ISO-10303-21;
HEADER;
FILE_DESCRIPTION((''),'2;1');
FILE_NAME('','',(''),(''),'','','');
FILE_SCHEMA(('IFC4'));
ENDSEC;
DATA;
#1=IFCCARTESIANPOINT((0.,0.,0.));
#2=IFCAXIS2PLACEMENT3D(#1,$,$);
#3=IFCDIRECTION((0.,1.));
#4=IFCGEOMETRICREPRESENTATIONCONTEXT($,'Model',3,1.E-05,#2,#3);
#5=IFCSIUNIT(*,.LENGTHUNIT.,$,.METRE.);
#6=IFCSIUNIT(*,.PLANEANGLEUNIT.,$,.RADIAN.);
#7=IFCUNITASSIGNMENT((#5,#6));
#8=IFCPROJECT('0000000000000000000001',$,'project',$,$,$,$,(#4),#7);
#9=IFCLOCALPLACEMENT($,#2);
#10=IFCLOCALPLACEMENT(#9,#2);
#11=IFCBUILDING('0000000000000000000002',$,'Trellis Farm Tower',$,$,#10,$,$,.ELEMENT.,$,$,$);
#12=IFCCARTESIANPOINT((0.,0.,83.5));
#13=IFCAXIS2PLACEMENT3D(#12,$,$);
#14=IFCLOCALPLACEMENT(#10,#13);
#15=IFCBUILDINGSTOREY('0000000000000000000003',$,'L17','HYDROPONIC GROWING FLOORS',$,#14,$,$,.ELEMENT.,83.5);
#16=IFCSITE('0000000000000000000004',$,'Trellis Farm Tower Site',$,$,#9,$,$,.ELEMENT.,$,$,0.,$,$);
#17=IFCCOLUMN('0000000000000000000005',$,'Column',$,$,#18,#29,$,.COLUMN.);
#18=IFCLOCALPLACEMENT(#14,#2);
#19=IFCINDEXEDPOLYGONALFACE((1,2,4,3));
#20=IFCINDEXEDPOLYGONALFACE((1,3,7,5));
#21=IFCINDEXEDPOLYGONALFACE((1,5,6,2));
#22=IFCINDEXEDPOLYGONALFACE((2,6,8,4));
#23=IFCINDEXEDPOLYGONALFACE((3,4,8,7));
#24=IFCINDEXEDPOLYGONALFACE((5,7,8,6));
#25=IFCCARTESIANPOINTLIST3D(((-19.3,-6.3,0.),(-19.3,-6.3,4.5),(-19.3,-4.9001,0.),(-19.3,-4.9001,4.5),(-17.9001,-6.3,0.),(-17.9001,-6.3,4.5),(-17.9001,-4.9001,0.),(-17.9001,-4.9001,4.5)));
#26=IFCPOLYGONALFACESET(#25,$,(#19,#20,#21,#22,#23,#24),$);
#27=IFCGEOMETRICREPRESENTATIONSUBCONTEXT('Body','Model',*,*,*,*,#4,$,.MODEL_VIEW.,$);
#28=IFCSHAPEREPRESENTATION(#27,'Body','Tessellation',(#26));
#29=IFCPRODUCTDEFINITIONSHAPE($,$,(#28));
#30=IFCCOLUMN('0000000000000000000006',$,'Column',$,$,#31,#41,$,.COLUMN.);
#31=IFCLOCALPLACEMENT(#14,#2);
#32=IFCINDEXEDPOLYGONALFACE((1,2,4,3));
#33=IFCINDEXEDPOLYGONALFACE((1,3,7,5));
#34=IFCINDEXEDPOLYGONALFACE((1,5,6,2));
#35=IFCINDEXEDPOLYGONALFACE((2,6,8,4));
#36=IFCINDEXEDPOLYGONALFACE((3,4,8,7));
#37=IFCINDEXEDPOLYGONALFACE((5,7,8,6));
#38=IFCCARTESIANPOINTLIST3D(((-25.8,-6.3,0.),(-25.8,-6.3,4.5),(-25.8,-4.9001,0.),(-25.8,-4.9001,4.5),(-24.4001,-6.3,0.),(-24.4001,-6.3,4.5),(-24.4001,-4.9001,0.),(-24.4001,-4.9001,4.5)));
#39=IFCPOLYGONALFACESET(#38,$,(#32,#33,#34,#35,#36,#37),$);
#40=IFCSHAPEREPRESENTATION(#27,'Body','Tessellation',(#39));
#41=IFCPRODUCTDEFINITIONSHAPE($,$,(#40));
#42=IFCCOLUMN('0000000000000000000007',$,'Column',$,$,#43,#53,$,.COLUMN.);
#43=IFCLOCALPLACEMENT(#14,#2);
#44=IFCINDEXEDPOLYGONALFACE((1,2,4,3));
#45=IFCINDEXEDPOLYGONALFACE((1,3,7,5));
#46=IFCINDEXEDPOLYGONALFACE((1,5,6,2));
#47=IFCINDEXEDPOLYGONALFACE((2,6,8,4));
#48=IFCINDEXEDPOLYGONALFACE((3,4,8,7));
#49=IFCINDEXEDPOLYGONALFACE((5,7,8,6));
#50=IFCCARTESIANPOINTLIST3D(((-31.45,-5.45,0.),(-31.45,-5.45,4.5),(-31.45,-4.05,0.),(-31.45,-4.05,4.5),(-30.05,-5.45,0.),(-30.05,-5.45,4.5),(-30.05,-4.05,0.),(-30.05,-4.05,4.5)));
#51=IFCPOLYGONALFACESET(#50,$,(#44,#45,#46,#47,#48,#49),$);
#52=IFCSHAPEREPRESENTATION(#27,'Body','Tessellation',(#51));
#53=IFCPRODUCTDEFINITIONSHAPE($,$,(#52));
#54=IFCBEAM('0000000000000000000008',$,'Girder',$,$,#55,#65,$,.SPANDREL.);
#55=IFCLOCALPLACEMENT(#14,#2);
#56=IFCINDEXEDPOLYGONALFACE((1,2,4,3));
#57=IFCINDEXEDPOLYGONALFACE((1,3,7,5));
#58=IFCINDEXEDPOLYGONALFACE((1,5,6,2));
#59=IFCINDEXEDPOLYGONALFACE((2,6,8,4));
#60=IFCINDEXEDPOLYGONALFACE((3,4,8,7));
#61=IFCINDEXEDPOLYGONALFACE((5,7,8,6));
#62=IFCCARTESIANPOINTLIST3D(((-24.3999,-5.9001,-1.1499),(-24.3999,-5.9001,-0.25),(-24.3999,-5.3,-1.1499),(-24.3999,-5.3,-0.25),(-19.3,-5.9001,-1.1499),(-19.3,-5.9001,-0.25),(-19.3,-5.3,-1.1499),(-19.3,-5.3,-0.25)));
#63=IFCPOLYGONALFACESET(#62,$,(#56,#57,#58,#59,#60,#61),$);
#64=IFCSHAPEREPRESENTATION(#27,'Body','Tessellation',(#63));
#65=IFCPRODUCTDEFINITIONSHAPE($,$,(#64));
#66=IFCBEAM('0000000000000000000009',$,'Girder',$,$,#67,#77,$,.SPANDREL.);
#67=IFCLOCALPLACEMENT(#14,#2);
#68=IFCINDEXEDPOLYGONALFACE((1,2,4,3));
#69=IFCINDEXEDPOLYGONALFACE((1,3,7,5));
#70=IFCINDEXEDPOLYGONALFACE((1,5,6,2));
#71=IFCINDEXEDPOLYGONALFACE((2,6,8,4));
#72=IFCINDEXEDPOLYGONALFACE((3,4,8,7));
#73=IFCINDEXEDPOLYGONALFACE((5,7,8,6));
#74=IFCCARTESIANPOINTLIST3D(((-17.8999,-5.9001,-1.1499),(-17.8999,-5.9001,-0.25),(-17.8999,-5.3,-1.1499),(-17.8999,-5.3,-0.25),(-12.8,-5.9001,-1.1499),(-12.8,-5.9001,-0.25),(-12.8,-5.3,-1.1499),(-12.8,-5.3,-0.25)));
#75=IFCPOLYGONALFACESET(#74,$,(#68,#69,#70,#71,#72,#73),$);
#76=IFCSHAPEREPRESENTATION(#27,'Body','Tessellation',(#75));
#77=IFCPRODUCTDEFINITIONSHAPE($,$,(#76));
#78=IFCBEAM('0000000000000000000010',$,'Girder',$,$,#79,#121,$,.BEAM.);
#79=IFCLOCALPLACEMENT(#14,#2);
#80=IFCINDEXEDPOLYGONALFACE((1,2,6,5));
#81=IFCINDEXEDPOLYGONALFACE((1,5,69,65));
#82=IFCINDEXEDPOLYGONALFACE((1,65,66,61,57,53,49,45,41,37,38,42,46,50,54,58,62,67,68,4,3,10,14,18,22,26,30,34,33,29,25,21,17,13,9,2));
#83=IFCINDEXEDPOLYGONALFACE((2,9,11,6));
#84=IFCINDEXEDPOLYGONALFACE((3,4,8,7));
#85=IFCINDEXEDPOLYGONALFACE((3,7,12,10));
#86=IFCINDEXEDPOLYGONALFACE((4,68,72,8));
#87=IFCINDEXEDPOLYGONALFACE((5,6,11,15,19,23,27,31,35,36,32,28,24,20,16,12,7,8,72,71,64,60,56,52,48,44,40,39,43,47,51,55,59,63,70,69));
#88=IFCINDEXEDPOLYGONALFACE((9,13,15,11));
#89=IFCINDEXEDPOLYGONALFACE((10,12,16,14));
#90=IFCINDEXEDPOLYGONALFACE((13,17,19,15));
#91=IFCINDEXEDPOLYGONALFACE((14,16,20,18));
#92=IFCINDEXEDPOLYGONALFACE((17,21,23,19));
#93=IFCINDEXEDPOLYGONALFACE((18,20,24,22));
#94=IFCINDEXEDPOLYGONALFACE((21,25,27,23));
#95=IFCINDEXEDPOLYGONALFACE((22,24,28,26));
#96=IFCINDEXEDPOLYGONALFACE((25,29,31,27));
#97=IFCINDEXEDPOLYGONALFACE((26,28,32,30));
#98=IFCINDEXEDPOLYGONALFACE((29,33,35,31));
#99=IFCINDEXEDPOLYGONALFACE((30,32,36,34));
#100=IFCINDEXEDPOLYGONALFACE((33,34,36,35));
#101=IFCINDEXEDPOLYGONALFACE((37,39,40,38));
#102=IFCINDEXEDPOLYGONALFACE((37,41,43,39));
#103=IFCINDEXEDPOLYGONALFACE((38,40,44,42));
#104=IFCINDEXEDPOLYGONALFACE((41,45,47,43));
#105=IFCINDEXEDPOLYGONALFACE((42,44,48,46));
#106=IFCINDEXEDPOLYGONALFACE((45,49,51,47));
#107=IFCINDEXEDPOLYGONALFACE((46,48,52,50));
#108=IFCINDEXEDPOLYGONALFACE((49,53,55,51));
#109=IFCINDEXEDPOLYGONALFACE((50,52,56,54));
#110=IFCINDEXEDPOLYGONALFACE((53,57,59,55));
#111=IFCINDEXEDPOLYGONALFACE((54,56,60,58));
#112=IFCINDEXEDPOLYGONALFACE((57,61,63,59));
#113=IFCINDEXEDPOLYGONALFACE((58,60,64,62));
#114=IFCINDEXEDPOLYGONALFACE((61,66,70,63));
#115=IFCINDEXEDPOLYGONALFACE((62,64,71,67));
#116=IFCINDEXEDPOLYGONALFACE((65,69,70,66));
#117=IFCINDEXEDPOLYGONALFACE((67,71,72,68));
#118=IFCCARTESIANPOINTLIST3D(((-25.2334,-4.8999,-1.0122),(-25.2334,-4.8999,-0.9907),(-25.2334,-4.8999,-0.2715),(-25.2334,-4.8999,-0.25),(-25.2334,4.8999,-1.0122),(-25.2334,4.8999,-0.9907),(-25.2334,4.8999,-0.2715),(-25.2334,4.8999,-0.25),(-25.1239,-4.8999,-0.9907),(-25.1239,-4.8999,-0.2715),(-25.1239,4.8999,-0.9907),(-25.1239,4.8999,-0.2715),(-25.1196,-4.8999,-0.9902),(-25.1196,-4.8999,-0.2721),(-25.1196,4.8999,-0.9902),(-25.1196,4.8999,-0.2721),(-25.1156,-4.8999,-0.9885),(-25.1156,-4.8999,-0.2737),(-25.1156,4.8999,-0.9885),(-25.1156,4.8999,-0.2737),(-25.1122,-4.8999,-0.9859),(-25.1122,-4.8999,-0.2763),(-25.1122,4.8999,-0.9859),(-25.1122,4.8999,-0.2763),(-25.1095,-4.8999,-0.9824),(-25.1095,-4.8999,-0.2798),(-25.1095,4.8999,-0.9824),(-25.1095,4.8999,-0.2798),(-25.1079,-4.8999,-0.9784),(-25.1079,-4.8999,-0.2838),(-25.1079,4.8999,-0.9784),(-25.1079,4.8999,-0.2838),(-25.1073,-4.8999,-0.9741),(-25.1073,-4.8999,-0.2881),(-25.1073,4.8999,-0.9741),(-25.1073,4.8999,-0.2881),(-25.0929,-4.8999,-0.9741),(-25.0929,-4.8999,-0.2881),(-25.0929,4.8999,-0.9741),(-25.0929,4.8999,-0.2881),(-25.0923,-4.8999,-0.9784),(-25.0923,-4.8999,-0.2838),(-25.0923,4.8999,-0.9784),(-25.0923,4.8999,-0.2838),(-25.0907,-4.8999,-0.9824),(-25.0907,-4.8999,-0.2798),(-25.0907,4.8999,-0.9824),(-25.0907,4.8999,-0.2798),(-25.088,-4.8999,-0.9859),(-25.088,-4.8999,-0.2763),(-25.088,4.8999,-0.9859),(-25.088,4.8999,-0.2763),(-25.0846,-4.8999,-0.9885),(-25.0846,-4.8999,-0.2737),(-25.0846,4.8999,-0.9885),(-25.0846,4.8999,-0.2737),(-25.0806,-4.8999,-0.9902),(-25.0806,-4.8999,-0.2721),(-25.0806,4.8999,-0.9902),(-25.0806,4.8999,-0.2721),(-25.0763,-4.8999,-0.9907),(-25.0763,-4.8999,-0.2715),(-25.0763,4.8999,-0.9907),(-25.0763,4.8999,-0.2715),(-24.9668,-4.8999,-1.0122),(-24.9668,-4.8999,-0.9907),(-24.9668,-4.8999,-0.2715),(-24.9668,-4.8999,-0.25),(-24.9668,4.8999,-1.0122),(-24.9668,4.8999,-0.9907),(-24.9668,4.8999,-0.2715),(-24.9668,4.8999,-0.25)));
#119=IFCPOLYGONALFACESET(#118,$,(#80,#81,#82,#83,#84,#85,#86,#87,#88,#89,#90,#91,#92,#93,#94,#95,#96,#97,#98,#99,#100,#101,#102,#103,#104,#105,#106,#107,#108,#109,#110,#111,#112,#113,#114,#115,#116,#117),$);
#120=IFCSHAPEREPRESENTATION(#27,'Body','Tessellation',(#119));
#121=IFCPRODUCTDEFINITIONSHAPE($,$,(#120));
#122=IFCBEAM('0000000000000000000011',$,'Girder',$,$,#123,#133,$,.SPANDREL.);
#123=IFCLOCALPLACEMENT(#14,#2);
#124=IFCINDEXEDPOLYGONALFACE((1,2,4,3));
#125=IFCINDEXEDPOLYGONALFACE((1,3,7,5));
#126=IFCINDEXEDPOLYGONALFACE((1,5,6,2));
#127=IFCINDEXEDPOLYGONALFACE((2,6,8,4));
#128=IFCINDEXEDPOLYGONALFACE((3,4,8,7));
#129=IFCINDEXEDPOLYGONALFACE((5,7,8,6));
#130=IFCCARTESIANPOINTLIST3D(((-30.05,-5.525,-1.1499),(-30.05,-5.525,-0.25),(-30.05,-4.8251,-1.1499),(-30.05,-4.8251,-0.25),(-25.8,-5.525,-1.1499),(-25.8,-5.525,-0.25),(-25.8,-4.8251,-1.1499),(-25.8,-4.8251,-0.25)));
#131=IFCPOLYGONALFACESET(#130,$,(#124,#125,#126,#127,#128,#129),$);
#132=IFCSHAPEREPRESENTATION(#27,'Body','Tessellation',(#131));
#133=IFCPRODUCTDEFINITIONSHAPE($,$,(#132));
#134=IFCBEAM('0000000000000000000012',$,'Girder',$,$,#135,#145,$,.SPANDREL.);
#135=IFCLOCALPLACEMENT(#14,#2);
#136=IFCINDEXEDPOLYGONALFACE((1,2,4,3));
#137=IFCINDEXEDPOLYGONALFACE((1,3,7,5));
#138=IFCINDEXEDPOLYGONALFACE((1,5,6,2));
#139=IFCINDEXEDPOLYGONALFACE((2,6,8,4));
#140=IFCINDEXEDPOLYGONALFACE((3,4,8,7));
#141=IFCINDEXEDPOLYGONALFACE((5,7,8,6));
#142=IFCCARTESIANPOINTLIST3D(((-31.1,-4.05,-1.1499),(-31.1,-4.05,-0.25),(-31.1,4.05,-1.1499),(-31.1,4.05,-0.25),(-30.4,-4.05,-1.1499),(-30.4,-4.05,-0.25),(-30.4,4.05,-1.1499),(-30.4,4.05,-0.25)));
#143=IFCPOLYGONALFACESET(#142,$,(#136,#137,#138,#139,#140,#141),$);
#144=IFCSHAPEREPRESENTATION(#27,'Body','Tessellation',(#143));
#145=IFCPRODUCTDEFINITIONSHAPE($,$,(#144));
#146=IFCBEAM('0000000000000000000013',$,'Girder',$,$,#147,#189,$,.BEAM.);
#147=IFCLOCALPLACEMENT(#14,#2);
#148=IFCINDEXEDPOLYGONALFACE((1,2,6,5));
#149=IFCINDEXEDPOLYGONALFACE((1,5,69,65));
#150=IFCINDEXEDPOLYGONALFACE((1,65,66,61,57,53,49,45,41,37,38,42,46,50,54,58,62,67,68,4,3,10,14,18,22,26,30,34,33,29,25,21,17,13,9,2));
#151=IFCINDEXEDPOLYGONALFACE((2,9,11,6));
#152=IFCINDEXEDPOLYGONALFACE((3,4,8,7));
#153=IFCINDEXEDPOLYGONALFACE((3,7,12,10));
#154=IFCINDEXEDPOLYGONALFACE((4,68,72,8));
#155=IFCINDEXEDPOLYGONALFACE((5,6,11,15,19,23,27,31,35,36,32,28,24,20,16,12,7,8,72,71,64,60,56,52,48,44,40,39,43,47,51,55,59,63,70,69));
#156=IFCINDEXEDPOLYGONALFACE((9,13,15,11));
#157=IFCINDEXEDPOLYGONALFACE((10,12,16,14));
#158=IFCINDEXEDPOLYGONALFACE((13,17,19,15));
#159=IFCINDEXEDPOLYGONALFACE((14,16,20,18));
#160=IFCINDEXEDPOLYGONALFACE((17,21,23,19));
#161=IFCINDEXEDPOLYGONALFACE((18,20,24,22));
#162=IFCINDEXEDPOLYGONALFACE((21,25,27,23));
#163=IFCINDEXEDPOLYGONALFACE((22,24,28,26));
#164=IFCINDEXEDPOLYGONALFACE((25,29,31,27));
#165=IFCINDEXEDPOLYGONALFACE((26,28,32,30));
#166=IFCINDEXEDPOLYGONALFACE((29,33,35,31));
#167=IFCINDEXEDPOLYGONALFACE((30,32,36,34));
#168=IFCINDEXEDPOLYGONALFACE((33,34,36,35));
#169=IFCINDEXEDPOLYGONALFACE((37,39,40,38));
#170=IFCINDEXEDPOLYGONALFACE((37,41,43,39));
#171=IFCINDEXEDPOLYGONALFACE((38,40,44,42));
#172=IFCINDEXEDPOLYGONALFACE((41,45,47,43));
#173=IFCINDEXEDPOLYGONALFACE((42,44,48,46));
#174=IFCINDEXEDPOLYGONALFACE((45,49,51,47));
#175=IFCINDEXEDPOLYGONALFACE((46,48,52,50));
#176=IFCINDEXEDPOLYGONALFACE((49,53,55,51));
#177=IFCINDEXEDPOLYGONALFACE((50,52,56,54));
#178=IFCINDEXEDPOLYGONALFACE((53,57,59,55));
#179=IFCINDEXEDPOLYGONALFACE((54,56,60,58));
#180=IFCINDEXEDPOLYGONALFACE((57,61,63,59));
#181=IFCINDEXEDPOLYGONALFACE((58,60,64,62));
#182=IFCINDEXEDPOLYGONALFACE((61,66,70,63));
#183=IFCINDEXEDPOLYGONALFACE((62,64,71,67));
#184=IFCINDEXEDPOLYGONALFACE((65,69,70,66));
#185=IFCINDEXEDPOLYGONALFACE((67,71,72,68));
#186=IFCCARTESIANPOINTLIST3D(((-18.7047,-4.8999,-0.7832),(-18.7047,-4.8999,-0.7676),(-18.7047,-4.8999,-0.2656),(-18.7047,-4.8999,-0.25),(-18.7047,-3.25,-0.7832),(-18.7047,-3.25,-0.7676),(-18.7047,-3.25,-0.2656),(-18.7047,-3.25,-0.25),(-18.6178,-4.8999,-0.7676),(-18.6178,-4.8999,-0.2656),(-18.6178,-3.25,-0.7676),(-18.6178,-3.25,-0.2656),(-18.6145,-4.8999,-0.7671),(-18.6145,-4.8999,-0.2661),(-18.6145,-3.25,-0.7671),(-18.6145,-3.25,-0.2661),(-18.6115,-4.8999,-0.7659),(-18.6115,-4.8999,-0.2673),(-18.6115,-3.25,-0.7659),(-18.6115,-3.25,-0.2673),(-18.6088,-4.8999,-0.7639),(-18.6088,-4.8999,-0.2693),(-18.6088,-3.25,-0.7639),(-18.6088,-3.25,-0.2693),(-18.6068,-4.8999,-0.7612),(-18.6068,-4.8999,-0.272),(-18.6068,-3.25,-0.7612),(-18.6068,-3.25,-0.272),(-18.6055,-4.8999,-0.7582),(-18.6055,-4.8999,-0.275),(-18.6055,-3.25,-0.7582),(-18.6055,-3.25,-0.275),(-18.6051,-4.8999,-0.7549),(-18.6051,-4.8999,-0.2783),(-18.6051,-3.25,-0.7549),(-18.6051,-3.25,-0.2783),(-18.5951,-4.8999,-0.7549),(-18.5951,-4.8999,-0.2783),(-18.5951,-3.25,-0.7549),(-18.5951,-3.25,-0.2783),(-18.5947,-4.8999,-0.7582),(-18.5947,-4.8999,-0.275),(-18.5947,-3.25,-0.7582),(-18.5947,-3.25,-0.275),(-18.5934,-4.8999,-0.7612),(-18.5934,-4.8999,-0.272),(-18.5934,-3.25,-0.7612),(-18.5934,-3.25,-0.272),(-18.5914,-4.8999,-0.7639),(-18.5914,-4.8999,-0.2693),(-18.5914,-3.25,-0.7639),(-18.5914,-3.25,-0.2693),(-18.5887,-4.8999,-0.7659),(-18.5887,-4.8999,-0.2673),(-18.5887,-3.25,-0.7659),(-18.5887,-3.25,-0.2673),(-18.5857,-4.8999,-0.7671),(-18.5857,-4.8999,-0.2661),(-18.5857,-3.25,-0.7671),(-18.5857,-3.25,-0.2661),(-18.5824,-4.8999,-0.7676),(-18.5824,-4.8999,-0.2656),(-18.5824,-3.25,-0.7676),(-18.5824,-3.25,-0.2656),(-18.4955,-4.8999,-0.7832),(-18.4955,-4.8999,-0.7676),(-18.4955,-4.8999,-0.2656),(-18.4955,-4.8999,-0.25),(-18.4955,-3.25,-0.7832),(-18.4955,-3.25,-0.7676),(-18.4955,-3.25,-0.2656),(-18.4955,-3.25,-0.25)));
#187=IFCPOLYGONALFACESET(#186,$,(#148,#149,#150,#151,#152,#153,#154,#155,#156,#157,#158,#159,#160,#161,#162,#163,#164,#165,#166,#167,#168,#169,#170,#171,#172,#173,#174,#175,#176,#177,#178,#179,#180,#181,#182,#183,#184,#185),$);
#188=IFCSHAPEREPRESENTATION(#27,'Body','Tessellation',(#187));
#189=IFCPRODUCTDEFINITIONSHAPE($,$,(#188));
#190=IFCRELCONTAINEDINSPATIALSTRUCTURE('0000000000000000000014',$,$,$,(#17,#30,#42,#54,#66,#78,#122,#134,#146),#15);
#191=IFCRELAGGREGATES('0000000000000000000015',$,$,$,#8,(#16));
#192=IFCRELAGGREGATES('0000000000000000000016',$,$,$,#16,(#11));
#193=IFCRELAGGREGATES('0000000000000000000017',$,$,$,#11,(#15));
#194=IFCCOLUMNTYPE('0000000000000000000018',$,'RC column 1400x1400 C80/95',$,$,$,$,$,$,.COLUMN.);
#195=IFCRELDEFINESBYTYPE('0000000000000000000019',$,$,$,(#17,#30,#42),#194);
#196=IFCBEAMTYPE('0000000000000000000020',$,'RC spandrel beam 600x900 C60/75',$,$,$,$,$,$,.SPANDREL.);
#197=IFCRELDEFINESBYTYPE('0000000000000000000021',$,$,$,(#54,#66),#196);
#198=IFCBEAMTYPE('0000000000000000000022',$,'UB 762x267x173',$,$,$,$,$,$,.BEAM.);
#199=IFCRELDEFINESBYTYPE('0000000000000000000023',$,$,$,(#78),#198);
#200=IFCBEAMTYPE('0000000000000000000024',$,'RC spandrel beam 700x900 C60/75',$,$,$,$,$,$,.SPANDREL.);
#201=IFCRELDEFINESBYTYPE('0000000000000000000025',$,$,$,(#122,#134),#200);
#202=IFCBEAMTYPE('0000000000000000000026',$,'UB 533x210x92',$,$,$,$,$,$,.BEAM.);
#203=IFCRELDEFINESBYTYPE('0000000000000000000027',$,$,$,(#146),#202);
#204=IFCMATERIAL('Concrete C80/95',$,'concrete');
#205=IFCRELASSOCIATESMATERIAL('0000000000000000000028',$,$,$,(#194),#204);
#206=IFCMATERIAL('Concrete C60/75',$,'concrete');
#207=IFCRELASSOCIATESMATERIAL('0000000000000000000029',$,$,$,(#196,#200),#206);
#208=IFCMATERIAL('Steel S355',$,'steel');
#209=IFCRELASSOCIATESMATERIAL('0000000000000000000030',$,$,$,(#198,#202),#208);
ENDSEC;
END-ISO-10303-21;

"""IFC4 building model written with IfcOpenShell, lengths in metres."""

from ifc_helpers import new_model, si_unit, direction, frame, origin, origin_2d, place, context, subcontext, project, spatial, rectangle, i_section, extrude, source, transform, mapped, material, material_profile, profile_set, type_object, element, save


model = new_model("IFC4")

# Units and contexts
model_context = context("Model", 3, precision=1e-05, world=origin(), true_north=direction((0.0, 1.0)))
body_context = subcontext(model_context, "Body", "Model", "MODEL_VIEW")
ifc_project = project(units=[si_unit("LENGTHUNIT", "METRE"), si_unit("PLANEANGLEUNIT", "RADIAN")], contexts=[model_context])

# Site, building, storey
site_placement = place(None, origin())
site = spatial("IfcSite", under=ifc_project, at=site_placement, Name="Trellis Farm Tower Site", CompositionType="ELEMENT", RefElevation=0.0)
building_placement = place(site_placement, origin())
building = spatial("IfcBuilding", under=site, at=building_placement, Name="Trellis Farm Tower", CompositionType="ELEMENT")
storey_placement = place(building_placement, frame((0.0, 0.0, 83.5)))
storey = spatial("IfcBuildingStorey", under=building, at=storey_placement, Name="L17", Description="HYDROPONIC GROWING FLOORS", CompositionType="ELEMENT", Elevation=83.5)

# Columns
ifc_material_1 = material(Name="Concrete C80/95", Category="concrete")
ifc_material_profile_1 = material_profile(ifc_material_1, rectangle(XDim=1.3999, YDim=1.3999, at=origin_2d()), Name="RC column 1400x1400 C80/95")
ifc_profile_set_1 = profile_set([ifc_material_profile_1], Name="Concrete C80/95")
column_type = type_object("IfcColumnType", Name="RC column 1400x1400 C80/95", PredefinedType="COLUMN", material=ifc_profile_set_1)
shared_shape_1 = source(origin(), body_context, "Body", "SweptSolid", [
    extrude(rectangle(XDim=1.3999, YDim=1.3999, at=origin_2d()), origin(), (0.0, 0.0, 1.0), 4.5),
])
for number, where, z_axis, x_axis, name in (
    (1, (-18.6001, -5.6001, 0.0), (0.0, 0.0, 1.0), (1.0, 0.0, 0.0), "Column"),
    (2, (-25.1001, -5.6001, 0.0), (0.0, 0.0, 1.0), (1.0, 0.0, 0.0), "Column"),
    (3, (-30.75, -4.75, 0.0), (0.0, 0.0, 1.0), (1.0, 0.0, 0.0), "Column"),
):
    element("IfcColumn", number, at=place(storey_placement, frame(where, z_axis=z_axis, x_axis=x_axis)), inside=storey, type_object=column_type, Name=name, PredefinedType="COLUMN", context=body_context, shape_type="MappedRepresentation", body=[
        mapped(shared_shape_1, transform((0.0, 0.0, 0.0))),
    ])

# Beams
ifc_material_2 = material(Name="Concrete C60/75", Category="concrete")
ifc_material_profile_2 = material_profile(ifc_material_2, rectangle(XDim=0.6001, YDim=0.8999, at=origin_2d()), Name="RC spandrel beam 600x900 C60/75")
ifc_profile_set_2 = profile_set([ifc_material_profile_2], Name="Concrete C60/75")
beam_type_1 = type_object("IfcBeamType", Name="RC spandrel beam 600x900 C60/75", PredefinedType="SPANDREL", material=ifc_profile_set_2)
shared_shape_2 = source(origin(), body_context, "Body", "SweptSolid", [
    extrude(rectangle(XDim=0.6001, YDim=0.8999, at=origin_2d()), origin(), (0.0, 0.0, 1.0), 5.0999),
])
for number, where, z_axis, x_axis, name in (
    (4, (-24.3999, -5.6001, -0.7), (1.0, 0.0, 0.0), (0.0, 1.0, 0.0), "Girder"),
    (5, (-17.8999, -5.6001, -0.7), (1.0, 0.0, 0.0), (0.0, 1.0, 0.0), "Girder"),
):
    element("IfcBeam", number, at=place(storey_placement, frame(where, z_axis=z_axis, x_axis=x_axis)), inside=storey, type_object=beam_type_1, Name=name, PredefinedType="SPANDREL", context=body_context, shape_type="MappedRepresentation", body=[
        mapped(shared_shape_2, transform((0.0, 0.0, 0.0))),
    ])
ifc_material_3 = material(Name="Steel S355", Category="steel")
ifc_material_profile_3 = material_profile(ifc_material_3, i_section(OverallWidth=0.2666, OverallDepth=0.7622, WebThickness=0.0144, FlangeThickness=0.0215, FilletRadius=0.0166, at=origin_2d()), Name="UB 762x267x173")
ifc_profile_set_3 = profile_set([ifc_material_profile_3], Name="Steel S355")
beam_type_2 = type_object("IfcBeamType", Name="UB 762x267x173", PredefinedType="BEAM", material=ifc_profile_set_3)
shared_shape_3 = source(origin(), body_context, "Body", "SweptSolid", [
    extrude(i_section(OverallWidth=0.2666, OverallDepth=0.7622, WebThickness=0.0144, FlangeThickness=0.0215, FilletRadius=0.0166, at=origin_2d()), origin(), (0.0, 0.0, 1.0), 9.7998),
])
beam_1_placement = place(storey_placement, frame((-25.1001, -4.8999, -0.6311), z_axis=(0.0, 1.0, 0.0), x_axis=(-1.0, 0.0, 0.0)))
element("IfcBeam", 6, at=beam_1_placement, inside=storey, type_object=beam_type_2, Name="Girder", PredefinedType="BEAM", context=body_context, shape_type="MappedRepresentation", body=[
    mapped(shared_shape_3, transform((0.0, 0.0, 0.0))),
])
ifc_material_profile_4 = material_profile(ifc_material_2, rectangle(XDim=0.7, YDim=0.8999, at=origin_2d()), Name="RC spandrel beam 700x900 C60/75")
ifc_profile_set_4 = profile_set([ifc_material_profile_4], Name="Concrete C60/75")
beam_type_3 = type_object("IfcBeamType", Name="RC spandrel beam 700x900 C60/75", PredefinedType="SPANDREL", material=ifc_profile_set_4)
shared_shape_4 = source(origin(), body_context, "Body", "SweptSolid", [
    extrude(rectangle(XDim=0.7, YDim=0.8999, at=origin_2d()), origin(), (0.0, 0.0, 1.0), 4.25),
])
beam_2_placement = place(storey_placement, frame((-30.05, -5.175, -0.7), z_axis=(1.0, 0.0, 0.0), x_axis=(0.0, 1.0, 0.0)))
element("IfcBeam", 7, at=beam_2_placement, inside=storey, type_object=beam_type_3, Name="Girder", PredefinedType="SPANDREL", context=body_context, shape_type="MappedRepresentation", body=[
    mapped(shared_shape_4, transform((0.0, 0.0, 0.0))),
])
shared_shape_5 = source(origin(), body_context, "Body", "SweptSolid", [
    extrude(rectangle(XDim=0.7, YDim=0.8999, at=origin_2d()), origin(), (0.0, 0.0, 1.0), 8.1001),
])
beam_3_placement = place(storey_placement, frame((-30.75, -4.05, -0.7), z_axis=(0.0, 1.0, 0.0), x_axis=(-1.0, 0.0, 0.0)))
element("IfcBeam", 8, at=beam_3_placement, inside=storey, type_object=beam_type_3, Name="Girder", PredefinedType="SPANDREL", context=body_context, shape_type="MappedRepresentation", body=[
    mapped(shared_shape_5, transform((0.0, 0.0, 0.0))),
])
ifc_material_profile_5 = material_profile(ifc_material_3, i_section(OverallWidth=0.2092, OverallDepth=0.5332, WebThickness=0.01, FlangeThickness=0.0156, FilletRadius=0.0127, at=origin_2d()), Name="UB 533x210x92")
ifc_profile_set_5 = profile_set([ifc_material_profile_5], Name="Steel S355")
beam_type_4 = type_object("IfcBeamType", Name="UB 533x210x92", PredefinedType="BEAM", material=ifc_profile_set_5)
shared_shape_6 = source(origin(), body_context, "Body", "SweptSolid", [
    extrude(i_section(OverallWidth=0.2092, OverallDepth=0.5332, WebThickness=0.01, FlangeThickness=0.0156, FilletRadius=0.0127, at=origin_2d()), origin(), (0.0, 0.0, 1.0), 1.6499),
])
beam_4_placement = place(storey_placement, frame((-18.6001, -4.8999, -0.5166), z_axis=(0.0, 1.0, 0.0), x_axis=(-1.0, 0.0, 0.0)))
element("IfcBeam", 9, at=beam_4_placement, inside=storey, type_object=beam_type_4, Name="Girder", PredefinedType="BEAM", context=body_context, shape_type="MappedRepresentation", body=[
    mapped(shared_shape_6, transform((0.0, 0.0, 0.0))),
])

save(model, "model.ifc")
